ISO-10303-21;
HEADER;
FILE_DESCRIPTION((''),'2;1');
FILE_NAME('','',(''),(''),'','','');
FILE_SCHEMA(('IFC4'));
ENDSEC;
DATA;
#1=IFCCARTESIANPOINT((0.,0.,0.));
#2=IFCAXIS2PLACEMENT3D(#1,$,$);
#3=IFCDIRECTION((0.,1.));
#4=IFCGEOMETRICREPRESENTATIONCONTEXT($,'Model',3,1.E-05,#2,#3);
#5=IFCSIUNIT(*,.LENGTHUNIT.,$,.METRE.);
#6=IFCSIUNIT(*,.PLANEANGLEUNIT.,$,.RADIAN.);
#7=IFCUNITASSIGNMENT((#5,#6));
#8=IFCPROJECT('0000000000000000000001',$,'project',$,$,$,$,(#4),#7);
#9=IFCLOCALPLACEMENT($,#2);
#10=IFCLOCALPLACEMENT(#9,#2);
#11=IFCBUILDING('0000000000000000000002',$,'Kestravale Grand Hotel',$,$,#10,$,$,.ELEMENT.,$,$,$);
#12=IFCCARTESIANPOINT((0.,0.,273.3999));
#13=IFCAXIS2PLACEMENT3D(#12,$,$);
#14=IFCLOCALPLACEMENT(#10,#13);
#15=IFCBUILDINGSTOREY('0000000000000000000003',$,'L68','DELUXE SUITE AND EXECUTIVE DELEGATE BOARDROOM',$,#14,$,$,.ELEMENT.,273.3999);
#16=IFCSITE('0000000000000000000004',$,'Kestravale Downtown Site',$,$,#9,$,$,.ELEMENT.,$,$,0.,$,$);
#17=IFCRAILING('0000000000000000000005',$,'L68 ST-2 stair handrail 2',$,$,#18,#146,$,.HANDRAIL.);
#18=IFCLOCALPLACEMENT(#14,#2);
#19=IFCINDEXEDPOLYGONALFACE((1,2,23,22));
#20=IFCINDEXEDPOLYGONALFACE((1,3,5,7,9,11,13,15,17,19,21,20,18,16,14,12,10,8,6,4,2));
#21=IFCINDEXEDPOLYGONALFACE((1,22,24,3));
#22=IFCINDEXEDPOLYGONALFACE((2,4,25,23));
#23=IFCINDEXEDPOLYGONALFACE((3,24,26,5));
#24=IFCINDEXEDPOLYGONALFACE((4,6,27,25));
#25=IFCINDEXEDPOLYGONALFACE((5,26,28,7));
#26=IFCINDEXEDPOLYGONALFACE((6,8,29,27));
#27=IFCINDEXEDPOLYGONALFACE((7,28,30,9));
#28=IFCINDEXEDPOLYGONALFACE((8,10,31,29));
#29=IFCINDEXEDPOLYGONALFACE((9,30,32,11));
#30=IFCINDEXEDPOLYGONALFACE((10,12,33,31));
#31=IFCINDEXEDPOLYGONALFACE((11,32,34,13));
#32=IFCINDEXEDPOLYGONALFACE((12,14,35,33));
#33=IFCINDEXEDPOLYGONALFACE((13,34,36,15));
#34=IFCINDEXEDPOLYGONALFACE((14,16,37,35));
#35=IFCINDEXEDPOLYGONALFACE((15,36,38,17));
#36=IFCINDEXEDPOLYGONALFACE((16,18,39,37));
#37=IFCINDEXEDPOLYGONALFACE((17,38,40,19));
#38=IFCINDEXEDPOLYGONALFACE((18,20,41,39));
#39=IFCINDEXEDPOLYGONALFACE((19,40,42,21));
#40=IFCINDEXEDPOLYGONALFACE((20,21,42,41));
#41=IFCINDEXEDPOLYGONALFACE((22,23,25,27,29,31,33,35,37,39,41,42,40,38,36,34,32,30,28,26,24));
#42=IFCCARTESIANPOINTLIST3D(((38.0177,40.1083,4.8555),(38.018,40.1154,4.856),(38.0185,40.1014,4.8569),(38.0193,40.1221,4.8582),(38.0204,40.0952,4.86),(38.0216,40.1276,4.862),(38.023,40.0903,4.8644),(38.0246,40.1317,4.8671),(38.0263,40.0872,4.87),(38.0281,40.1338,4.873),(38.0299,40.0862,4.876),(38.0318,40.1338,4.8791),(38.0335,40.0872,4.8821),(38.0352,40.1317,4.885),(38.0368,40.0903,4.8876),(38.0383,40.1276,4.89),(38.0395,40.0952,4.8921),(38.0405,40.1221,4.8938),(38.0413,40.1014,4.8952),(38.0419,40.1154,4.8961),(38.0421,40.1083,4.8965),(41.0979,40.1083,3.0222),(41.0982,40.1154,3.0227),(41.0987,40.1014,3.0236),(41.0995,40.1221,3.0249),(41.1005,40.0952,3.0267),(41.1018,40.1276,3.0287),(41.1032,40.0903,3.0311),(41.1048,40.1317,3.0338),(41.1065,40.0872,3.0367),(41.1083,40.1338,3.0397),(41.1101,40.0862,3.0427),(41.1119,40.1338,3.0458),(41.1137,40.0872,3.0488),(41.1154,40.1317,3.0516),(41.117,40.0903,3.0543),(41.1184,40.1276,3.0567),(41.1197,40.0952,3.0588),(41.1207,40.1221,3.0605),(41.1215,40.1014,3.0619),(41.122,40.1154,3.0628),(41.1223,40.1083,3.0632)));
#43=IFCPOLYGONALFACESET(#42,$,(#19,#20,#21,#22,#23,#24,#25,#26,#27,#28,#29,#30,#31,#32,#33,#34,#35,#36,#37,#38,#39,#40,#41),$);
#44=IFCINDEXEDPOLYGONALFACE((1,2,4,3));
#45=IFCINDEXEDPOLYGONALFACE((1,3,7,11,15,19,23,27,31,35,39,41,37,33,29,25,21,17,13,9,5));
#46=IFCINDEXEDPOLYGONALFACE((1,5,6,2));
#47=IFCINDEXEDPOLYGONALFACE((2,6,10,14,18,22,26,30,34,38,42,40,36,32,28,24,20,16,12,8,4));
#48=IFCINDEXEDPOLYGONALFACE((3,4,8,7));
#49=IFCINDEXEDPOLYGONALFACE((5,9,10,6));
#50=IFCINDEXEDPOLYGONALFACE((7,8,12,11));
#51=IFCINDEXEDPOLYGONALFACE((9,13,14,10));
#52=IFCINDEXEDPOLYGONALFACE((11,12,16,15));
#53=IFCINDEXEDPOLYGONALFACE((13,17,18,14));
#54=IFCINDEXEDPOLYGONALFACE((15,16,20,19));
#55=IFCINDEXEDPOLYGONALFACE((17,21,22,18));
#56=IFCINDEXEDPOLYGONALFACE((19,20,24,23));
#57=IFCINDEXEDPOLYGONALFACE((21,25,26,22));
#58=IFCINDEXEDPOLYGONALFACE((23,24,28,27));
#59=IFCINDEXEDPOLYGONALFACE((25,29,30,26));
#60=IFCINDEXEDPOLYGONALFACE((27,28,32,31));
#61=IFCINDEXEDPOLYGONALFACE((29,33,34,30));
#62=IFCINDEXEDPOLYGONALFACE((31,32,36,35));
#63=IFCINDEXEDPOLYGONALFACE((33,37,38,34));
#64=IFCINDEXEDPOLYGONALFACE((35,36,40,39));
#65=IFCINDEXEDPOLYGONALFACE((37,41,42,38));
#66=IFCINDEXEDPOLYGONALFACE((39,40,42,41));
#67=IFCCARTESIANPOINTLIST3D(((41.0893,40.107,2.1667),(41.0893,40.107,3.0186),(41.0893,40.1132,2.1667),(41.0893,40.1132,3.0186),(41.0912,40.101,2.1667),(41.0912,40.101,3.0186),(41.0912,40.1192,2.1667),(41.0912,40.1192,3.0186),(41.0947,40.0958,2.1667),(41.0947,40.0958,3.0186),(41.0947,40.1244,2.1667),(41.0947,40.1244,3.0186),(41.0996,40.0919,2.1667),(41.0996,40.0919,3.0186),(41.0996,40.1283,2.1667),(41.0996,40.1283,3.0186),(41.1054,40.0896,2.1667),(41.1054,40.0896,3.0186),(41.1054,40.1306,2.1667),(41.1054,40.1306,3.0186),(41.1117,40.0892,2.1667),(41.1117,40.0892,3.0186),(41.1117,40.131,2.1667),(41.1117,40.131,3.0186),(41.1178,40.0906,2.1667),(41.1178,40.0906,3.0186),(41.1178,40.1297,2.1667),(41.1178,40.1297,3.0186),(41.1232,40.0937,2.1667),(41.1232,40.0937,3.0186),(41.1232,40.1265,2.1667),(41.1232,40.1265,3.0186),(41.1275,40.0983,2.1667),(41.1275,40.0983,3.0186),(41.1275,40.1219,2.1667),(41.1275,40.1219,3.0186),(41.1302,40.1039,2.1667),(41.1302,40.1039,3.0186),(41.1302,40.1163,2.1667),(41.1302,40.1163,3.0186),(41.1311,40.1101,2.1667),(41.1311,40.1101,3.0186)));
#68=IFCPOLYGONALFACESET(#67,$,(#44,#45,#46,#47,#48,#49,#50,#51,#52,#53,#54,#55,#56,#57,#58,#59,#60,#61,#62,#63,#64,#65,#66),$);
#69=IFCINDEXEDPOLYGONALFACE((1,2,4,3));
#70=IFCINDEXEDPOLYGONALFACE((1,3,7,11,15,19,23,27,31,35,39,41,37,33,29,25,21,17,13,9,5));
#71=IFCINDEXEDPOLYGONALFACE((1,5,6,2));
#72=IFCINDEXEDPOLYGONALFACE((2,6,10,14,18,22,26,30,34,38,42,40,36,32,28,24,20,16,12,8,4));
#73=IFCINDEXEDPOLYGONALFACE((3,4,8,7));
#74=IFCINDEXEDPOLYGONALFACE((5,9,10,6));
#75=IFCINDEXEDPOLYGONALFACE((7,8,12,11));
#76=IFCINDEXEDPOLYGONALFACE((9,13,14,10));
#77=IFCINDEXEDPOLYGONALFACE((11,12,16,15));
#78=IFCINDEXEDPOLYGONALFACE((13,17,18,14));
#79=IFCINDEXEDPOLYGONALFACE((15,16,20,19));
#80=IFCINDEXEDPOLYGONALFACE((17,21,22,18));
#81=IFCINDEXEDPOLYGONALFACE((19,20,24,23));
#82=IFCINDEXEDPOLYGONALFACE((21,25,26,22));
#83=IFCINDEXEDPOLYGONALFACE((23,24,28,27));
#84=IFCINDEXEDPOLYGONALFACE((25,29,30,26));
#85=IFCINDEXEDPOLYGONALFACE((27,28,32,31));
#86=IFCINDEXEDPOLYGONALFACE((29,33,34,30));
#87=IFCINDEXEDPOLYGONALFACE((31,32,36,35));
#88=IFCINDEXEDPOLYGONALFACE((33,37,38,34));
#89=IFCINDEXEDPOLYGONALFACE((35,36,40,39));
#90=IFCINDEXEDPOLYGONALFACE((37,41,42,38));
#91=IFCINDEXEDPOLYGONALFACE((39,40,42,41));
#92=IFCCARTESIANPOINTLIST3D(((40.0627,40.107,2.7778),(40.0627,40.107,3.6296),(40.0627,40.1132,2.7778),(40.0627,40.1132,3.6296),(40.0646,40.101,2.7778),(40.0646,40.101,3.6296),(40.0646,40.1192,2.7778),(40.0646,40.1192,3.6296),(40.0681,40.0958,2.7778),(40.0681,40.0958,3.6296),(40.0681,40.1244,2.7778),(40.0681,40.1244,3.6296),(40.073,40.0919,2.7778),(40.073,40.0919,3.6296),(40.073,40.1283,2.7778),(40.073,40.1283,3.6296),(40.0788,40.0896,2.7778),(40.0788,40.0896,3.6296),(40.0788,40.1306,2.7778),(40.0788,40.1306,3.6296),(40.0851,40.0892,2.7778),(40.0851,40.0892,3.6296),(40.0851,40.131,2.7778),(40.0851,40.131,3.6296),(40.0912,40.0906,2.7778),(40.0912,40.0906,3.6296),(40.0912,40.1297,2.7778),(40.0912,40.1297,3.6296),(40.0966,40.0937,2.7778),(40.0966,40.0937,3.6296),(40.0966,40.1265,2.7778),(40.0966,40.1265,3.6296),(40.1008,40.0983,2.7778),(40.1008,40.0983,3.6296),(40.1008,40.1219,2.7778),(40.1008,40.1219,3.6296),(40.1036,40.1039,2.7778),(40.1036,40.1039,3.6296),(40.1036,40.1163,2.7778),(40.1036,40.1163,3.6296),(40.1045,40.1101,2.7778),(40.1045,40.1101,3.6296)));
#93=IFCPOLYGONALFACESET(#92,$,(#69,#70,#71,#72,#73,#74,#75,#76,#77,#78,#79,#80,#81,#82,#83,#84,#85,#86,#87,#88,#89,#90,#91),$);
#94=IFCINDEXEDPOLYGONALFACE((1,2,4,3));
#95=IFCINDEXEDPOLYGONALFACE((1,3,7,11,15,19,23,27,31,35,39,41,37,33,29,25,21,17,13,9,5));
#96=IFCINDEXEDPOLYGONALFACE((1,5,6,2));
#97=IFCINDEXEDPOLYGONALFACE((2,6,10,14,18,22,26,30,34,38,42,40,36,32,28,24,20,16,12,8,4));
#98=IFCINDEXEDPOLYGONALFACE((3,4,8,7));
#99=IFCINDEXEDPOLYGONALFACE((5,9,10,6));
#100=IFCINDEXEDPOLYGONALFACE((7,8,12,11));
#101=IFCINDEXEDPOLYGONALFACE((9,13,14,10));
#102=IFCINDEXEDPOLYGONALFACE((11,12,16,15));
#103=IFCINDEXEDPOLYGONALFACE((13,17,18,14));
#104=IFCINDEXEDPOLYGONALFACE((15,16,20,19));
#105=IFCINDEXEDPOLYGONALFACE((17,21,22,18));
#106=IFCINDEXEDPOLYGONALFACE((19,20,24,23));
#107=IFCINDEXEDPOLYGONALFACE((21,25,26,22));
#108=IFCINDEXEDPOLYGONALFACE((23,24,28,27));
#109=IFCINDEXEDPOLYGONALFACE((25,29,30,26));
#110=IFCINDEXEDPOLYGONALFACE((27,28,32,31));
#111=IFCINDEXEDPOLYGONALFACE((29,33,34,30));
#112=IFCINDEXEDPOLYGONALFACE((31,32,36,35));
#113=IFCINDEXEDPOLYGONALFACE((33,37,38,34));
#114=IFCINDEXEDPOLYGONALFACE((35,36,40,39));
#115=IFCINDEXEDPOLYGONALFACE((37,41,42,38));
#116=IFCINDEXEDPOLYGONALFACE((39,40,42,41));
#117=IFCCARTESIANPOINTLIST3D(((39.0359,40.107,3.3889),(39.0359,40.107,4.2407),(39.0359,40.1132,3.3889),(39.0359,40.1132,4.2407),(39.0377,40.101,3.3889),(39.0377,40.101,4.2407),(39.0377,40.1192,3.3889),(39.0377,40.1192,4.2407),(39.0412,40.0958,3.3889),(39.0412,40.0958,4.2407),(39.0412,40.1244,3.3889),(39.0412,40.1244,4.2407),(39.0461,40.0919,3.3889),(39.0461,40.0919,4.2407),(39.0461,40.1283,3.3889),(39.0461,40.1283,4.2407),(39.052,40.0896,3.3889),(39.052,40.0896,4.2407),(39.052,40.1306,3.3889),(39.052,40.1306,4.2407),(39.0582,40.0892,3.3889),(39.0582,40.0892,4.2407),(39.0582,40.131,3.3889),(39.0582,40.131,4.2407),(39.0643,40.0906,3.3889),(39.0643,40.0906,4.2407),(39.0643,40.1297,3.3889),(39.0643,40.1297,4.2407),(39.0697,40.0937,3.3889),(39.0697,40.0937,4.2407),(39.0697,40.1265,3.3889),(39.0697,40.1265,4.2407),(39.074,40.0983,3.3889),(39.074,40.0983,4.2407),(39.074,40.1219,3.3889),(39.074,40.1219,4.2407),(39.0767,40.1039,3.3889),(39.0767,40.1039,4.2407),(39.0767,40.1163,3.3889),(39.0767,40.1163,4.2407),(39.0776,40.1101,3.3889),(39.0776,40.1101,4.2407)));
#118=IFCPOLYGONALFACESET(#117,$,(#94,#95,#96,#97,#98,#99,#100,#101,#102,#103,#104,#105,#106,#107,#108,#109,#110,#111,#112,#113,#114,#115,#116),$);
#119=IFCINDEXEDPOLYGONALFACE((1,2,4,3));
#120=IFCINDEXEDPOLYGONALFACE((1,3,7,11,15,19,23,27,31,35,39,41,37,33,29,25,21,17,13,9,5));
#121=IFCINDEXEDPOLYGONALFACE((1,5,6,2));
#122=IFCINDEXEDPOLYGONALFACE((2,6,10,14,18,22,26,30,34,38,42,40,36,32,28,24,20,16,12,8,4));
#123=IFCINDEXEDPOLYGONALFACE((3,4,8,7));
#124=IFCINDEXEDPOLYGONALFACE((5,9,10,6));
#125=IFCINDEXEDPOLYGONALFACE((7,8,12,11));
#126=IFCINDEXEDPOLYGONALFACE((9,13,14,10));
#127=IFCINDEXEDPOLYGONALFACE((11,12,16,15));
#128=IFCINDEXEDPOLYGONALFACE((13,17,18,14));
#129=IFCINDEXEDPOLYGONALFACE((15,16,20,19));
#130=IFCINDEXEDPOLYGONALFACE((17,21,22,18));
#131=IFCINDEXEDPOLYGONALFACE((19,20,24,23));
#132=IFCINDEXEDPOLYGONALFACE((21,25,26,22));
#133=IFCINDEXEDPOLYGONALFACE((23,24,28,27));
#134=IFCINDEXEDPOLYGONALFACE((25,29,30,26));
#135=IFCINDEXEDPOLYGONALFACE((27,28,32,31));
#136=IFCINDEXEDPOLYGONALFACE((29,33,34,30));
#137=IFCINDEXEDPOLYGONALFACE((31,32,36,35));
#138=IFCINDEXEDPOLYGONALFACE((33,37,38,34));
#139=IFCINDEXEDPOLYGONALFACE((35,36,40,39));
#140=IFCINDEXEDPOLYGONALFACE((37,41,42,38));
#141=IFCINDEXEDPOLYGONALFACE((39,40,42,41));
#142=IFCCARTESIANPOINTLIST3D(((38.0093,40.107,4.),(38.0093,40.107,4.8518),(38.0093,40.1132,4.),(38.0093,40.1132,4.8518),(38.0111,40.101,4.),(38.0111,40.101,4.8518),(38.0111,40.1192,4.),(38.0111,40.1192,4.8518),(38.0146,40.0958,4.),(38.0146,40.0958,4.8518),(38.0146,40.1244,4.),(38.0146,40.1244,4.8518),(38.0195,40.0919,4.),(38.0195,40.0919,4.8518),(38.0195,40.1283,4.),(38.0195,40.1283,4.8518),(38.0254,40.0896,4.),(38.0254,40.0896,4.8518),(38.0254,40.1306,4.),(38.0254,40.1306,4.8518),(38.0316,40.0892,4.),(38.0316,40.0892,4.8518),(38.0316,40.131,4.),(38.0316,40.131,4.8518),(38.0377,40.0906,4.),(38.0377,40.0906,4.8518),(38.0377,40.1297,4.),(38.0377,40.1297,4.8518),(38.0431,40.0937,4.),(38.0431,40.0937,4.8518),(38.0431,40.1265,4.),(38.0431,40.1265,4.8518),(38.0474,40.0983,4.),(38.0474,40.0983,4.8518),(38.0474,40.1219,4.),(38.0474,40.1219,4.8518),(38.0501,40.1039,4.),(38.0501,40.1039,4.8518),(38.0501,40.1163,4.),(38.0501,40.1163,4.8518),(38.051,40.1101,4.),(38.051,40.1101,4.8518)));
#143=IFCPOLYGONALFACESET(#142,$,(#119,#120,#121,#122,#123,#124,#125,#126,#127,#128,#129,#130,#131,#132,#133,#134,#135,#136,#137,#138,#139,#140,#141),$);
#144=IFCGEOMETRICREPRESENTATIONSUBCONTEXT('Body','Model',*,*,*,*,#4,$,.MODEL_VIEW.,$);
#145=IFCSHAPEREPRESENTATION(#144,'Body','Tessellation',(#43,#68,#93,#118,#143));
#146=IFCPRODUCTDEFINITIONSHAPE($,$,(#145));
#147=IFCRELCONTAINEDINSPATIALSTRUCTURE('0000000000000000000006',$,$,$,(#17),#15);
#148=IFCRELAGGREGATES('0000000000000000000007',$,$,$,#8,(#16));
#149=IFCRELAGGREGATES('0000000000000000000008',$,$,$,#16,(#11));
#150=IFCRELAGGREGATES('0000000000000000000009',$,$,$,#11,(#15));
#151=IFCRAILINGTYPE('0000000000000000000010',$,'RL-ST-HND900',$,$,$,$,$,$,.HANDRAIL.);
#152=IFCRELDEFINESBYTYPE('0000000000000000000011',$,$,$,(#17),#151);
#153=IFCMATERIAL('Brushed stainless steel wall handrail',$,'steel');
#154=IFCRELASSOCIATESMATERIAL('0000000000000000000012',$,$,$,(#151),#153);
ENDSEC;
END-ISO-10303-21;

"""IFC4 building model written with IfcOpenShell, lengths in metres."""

from ifc_helpers import new_model, si_unit, direction, frame, origin, origin_2d, place, context, subcontext, project, spatial, circle, extrude, material, type_object, element, save


model = new_model("IFC4")

# Units and contexts
model_context = context("Model", 3, precision=1e-05, world=origin(), true_north=direction((0.0, 1.0)))
body_context = subcontext(model_context, "Body", "Model", "MODEL_VIEW")
ifc_project = project(units=[si_unit("LENGTHUNIT", "METRE"), si_unit("PLANEANGLEUNIT", "RADIAN")], contexts=[model_context])

# Site, building, storey
site_placement = place(None, origin())
site = spatial("IfcSite", under=ifc_project, at=site_placement, Name="Kestravale Downtown Site", CompositionType="ELEMENT", RefElevation=0.0)
building_placement = place(site_placement, origin())
building = spatial("IfcBuilding", under=site, at=building_placement, Name="Kestravale Grand Hotel", CompositionType="ELEMENT")
storey_placement = place(building_placement, frame((0.0, 0.0, 273.3999)))
storey = spatial("IfcBuildingStorey", under=building, at=storey_placement, Name="L68", Description="DELUXE SUITE AND EXECUTIVE DELEGATE BOARDROOM", CompositionType="ELEMENT", Elevation=273.3999)

# Railing
ifc_material_1 = material(Name="Brushed stainless steel wall handrail", Category="steel")
railing_type_1 = type_object("IfcRailingType", Name="RL-ST-HND900", PredefinedType="HANDRAIL", material=ifc_material_1)
railing_1_placement = place(storey_placement, frame((41.1101, 40.1101, 2.1667)))
element("IfcRailing", 1, at=railing_1_placement, inside=storey, type_object=railing_type_1, Name="L68 ST-2 stair handrail 2", PredefinedType="HANDRAIL", context=body_context, shape_type="SweptSolid", body=[
    extrude(circle(Radius=0.0239, at=origin_2d()), frame((0.0, 0.0, 0.876), z_axis=(-0.859309, 0.0, 0.511458), x_axis=(0.0, -1.0, 0.0)), (0.0, 0.0, 1.0), 3.5845),
    extrude(circle(Radius=0.021, at=origin_2d()), origin(), (0.0, 0.0, 1.0), 0.8518),
    extrude(circle(Radius=0.021, at=origin_2d()), frame((-1.0266, 0.0, 0.6111)), (0.0, 0.0, 1.0), 0.8518),
    extrude(circle(Radius=0.021, at=origin_2d()), frame((-2.0535, 0.0, 1.2222)), (0.0, 0.0, 1.0), 0.8518),
    extrude(circle(Radius=0.021, at=origin_2d()), frame((-3.0801, 0.0, 1.8333)), (0.0, 0.0, 1.0), 0.8518),
])

save(model, "model.ifc")
